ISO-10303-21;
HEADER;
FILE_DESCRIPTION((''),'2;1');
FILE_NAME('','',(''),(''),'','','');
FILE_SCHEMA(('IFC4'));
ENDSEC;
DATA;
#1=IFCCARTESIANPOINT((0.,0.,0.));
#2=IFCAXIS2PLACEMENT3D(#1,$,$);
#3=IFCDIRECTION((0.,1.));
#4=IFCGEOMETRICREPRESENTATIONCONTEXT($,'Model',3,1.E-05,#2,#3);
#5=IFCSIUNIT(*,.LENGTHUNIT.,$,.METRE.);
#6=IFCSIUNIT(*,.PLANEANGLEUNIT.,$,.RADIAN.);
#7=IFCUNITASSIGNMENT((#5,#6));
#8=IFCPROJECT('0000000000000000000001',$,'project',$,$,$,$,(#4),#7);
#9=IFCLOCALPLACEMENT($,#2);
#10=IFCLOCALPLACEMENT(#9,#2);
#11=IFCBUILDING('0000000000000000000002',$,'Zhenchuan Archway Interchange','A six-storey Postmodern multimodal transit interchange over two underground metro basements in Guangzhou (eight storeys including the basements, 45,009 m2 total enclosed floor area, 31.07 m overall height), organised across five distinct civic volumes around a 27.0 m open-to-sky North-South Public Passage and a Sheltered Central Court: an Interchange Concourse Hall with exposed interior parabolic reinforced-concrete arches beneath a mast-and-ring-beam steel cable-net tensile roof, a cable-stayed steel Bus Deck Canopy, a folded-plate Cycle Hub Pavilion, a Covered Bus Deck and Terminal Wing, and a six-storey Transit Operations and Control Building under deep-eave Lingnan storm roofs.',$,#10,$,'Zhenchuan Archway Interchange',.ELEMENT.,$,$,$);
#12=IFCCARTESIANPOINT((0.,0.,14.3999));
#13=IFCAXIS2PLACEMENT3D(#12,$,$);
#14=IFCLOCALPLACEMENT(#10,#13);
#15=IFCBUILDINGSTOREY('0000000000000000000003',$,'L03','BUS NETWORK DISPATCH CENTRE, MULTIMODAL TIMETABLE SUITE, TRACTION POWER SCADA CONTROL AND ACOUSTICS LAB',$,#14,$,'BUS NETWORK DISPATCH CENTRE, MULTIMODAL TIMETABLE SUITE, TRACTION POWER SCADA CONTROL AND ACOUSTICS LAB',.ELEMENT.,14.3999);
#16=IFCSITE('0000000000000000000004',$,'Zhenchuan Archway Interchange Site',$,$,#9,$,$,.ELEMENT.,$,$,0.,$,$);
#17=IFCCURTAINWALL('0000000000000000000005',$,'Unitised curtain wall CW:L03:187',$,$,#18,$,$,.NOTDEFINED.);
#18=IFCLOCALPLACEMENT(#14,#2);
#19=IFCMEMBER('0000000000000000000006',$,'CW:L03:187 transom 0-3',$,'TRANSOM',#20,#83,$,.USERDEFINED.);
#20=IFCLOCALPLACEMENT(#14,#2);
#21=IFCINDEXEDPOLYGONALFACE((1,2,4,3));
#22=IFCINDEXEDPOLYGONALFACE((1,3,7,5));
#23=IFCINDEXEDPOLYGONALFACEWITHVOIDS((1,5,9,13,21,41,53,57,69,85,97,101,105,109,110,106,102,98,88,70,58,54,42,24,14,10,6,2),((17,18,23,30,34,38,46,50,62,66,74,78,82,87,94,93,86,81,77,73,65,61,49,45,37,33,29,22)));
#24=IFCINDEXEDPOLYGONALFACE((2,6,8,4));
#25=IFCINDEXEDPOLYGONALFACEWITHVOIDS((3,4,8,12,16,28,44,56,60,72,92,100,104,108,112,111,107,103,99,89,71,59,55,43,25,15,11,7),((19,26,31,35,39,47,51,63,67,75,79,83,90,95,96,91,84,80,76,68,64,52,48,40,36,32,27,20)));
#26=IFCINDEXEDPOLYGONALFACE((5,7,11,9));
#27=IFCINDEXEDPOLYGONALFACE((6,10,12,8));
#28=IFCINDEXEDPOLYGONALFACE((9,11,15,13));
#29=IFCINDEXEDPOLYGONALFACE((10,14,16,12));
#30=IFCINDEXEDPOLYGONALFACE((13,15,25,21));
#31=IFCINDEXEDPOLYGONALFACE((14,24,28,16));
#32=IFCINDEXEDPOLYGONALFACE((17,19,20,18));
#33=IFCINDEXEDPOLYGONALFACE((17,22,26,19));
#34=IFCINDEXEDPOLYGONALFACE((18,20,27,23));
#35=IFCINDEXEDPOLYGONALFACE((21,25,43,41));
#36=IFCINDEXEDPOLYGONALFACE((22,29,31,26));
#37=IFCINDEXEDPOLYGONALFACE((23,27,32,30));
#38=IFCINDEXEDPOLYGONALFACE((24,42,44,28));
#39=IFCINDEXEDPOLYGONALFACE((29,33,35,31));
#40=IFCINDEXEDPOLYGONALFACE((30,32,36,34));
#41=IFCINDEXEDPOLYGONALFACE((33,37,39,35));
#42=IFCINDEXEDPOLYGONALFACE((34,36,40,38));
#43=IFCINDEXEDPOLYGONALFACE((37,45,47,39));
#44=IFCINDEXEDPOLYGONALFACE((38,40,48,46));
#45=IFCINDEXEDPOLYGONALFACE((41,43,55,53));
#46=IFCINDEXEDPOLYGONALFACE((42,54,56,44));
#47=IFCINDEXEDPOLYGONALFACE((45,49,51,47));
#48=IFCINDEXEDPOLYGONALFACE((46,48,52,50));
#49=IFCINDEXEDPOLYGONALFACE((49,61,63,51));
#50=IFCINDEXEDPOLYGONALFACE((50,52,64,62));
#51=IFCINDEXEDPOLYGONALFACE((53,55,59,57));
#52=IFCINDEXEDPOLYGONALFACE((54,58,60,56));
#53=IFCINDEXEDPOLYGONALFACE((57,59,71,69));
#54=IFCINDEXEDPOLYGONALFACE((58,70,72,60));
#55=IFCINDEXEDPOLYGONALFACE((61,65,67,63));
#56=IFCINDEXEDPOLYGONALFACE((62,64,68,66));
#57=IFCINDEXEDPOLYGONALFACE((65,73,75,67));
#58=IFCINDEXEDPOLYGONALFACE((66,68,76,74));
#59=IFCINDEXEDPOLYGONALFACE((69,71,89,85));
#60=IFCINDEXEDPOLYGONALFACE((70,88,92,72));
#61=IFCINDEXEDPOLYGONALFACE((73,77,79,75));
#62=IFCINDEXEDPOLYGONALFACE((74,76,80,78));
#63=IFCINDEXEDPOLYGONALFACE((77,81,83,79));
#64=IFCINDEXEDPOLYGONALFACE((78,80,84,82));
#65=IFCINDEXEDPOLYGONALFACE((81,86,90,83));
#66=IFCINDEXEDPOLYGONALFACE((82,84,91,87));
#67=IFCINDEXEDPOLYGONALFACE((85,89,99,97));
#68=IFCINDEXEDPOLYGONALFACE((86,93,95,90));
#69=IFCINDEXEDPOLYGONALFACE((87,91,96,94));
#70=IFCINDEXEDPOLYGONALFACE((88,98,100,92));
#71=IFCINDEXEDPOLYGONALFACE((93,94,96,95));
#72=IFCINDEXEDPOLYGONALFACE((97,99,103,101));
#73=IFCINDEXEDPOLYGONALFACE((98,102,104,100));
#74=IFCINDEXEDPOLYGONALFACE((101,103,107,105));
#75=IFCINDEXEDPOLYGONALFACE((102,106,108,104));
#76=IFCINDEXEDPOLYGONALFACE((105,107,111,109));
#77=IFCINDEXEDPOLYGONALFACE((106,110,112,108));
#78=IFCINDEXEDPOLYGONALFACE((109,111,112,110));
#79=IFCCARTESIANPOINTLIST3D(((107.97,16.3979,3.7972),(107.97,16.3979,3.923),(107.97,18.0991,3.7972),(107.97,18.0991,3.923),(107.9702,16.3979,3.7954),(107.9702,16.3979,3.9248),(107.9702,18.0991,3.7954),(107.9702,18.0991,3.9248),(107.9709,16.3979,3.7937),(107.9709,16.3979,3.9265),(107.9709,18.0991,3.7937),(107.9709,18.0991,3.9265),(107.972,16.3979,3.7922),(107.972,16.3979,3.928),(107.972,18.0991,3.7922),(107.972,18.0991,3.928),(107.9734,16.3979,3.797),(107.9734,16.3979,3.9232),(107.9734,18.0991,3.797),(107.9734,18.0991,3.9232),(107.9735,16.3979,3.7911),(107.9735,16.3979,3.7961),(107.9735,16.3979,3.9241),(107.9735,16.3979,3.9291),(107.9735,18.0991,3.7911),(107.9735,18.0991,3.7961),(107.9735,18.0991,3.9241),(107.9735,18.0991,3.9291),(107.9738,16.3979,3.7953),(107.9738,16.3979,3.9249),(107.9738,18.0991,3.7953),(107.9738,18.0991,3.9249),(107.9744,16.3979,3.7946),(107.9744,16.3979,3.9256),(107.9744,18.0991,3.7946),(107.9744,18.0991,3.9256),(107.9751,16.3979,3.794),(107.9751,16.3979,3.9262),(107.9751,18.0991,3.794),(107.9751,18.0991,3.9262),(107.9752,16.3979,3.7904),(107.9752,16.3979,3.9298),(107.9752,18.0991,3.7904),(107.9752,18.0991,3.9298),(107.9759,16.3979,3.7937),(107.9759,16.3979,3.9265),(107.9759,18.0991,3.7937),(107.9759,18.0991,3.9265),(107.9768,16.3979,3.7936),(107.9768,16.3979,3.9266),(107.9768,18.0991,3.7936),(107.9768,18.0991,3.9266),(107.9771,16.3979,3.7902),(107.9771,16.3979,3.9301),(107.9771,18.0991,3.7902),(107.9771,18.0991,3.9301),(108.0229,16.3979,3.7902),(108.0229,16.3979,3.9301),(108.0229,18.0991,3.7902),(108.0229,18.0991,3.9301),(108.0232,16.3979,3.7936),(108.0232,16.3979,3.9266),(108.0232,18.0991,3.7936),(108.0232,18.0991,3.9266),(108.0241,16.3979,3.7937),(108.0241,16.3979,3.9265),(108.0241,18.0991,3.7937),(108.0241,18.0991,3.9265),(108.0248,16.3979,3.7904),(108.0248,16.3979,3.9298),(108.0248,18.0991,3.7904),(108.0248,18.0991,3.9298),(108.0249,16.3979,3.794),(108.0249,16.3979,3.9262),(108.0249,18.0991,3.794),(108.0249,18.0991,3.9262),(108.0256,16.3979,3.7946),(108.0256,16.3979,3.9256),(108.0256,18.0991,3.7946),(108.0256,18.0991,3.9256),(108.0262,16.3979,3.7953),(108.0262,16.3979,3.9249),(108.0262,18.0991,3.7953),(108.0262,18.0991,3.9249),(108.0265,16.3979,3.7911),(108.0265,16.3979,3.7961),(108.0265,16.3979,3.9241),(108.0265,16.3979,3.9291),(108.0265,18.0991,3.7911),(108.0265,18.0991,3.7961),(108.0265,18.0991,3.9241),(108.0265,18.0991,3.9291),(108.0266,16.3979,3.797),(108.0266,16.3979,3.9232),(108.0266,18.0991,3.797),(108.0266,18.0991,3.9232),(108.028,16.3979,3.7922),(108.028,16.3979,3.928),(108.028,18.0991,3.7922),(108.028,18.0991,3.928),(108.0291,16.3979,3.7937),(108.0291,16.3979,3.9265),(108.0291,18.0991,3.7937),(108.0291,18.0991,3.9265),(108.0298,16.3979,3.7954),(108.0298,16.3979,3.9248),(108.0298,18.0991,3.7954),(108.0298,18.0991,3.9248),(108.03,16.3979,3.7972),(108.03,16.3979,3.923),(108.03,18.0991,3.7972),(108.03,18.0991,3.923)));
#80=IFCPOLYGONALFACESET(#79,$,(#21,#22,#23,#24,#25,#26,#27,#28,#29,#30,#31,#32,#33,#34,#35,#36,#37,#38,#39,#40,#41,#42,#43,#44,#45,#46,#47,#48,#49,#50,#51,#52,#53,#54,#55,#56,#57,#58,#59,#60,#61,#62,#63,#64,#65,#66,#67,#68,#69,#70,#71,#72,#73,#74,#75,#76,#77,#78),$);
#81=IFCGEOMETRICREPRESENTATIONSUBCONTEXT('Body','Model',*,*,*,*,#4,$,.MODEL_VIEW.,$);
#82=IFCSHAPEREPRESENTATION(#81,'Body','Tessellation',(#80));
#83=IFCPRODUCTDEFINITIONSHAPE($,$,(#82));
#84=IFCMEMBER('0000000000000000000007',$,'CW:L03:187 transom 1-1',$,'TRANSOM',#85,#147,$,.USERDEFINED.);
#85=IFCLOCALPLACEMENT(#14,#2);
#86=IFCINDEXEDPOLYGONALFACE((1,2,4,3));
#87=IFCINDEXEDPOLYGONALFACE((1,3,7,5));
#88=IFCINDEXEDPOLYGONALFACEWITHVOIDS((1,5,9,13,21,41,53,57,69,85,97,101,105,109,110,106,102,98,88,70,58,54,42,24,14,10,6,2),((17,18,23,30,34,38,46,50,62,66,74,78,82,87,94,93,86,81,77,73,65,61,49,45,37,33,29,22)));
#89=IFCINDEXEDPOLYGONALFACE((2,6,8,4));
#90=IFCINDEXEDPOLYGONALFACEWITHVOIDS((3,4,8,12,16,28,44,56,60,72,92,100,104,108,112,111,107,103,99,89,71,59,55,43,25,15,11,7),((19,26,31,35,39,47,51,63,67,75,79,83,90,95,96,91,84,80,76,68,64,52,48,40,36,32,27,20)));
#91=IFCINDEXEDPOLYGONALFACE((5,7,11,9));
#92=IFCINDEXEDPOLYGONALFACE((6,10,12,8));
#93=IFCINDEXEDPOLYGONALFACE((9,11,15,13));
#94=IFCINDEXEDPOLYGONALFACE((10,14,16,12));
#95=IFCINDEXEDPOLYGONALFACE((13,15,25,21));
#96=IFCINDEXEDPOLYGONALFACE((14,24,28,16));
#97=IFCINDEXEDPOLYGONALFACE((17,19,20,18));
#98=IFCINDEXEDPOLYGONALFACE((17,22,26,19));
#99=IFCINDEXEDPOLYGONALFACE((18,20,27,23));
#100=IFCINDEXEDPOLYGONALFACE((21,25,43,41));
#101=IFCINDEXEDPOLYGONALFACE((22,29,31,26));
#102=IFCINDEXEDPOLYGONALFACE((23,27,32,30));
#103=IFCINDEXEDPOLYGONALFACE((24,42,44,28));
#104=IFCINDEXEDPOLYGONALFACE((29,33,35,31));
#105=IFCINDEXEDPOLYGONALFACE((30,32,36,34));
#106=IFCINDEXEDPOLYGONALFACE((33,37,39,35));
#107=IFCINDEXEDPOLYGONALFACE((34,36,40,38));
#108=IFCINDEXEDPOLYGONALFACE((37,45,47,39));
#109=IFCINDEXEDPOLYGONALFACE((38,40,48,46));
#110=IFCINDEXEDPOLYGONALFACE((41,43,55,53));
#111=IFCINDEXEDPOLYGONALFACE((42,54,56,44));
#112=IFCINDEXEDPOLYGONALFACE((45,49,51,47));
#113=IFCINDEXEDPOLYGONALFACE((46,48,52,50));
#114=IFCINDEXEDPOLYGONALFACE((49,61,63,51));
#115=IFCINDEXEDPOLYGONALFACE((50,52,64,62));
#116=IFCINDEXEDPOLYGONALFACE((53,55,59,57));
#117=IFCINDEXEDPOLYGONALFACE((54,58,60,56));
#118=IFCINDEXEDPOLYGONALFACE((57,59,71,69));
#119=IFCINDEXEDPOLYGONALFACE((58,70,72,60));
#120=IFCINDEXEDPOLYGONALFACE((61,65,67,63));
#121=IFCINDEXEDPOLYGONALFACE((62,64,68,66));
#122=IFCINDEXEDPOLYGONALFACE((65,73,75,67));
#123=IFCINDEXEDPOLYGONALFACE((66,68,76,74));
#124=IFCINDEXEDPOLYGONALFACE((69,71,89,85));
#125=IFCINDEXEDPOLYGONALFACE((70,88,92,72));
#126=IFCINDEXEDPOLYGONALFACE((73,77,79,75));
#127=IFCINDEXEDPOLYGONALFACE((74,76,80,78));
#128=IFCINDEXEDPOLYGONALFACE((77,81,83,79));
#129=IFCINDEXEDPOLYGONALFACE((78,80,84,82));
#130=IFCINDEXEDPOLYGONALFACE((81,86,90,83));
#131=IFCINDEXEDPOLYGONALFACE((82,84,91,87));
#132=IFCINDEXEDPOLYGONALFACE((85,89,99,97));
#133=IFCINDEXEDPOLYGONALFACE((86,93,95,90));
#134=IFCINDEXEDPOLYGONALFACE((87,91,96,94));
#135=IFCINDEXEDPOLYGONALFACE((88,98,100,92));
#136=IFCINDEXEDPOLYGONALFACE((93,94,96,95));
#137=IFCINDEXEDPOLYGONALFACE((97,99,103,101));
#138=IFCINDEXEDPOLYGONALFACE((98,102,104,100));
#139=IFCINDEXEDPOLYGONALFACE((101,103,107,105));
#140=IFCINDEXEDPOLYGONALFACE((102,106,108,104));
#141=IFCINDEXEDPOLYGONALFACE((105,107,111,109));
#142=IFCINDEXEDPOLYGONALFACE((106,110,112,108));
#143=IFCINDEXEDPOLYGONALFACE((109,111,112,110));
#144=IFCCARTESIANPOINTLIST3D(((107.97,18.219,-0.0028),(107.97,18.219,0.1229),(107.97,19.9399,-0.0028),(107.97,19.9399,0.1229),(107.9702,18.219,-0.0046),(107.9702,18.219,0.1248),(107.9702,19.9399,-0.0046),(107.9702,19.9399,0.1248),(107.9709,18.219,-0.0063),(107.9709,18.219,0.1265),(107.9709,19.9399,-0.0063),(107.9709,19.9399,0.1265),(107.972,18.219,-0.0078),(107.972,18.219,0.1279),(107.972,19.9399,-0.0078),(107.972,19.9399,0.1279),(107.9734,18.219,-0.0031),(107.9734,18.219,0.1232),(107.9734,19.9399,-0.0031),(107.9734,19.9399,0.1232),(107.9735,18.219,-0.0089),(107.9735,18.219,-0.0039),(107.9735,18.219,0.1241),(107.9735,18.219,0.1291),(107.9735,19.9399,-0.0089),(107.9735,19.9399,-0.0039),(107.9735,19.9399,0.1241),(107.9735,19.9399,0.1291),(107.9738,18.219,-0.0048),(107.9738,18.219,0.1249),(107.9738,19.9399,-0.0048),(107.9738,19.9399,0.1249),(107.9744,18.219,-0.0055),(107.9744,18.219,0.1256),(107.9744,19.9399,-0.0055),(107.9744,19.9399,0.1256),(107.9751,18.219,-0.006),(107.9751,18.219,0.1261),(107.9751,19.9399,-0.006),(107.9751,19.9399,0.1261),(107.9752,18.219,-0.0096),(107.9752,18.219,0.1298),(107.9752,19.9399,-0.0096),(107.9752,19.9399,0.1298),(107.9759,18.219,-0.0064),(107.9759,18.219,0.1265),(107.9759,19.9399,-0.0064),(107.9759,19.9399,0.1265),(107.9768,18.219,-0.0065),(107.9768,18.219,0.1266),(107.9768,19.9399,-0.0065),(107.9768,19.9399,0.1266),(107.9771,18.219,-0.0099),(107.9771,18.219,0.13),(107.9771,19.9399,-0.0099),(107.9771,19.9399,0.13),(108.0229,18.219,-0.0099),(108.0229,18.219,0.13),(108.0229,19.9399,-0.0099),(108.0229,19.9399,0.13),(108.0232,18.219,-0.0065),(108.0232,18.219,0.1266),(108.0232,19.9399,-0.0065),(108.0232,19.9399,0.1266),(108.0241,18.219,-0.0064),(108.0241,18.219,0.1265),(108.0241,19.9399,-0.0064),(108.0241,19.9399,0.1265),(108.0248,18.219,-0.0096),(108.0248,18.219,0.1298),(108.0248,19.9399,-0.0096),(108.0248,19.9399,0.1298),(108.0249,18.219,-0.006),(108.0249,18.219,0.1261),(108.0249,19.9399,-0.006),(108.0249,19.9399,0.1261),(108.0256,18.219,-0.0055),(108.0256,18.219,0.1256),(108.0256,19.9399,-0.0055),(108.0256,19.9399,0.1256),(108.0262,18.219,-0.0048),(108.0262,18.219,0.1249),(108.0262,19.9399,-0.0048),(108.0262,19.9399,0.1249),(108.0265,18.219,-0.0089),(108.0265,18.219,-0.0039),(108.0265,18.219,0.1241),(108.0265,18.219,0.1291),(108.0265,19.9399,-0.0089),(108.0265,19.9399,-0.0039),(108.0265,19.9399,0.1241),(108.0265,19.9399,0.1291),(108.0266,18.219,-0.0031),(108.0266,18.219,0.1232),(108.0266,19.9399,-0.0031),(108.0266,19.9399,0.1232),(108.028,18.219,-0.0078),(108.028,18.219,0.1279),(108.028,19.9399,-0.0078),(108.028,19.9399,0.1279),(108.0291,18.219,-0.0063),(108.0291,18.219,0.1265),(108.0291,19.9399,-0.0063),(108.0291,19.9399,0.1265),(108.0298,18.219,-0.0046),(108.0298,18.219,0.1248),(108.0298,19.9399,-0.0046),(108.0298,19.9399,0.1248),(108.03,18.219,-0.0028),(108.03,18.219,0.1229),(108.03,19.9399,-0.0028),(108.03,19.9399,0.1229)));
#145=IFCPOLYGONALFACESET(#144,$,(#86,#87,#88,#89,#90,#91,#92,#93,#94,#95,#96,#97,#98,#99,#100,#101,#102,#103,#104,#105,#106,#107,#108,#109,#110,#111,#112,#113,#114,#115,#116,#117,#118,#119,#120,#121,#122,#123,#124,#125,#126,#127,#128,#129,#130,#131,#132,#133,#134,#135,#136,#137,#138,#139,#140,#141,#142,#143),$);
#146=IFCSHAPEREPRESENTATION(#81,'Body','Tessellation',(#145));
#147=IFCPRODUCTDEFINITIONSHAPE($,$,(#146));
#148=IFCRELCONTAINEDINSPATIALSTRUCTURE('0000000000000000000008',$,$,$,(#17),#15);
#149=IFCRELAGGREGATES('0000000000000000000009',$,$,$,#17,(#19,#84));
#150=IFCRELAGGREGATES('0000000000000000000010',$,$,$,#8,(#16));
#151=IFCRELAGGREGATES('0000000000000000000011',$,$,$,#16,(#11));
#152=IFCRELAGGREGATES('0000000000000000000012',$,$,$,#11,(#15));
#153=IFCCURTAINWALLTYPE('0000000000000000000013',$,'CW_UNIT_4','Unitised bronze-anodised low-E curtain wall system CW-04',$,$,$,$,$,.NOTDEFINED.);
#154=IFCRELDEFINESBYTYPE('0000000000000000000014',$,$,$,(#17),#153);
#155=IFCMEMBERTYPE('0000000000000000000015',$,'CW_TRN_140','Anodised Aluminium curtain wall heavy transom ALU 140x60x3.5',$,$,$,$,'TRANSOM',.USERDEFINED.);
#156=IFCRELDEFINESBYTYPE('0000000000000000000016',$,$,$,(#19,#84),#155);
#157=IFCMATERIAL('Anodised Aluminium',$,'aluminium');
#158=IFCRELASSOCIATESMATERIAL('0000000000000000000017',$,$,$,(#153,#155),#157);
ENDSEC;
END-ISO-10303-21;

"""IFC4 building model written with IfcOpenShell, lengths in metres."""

from ifc_helpers import new_model, si_unit, direction, frame, origin, origin_2d, place, context, subcontext, project, spatial, hollow_rectangle, extrude, material, material_profile, profile_set, type_object, element, aggregate, save


model = new_model("IFC4")

# Units and contexts
model_context = context("Model", 3, precision=1e-05, world=origin(), true_north=direction((0.0, 1.0)))
body_context = subcontext(model_context, "Body", "Model", "MODEL_VIEW")
ifc_project = project(units=[si_unit("LENGTHUNIT", "METRE"), si_unit("PLANEANGLEUNIT", "RADIAN")], contexts=[model_context])

# Site, building, storey
site_placement = place(None, origin())
site = spatial("IfcSite", under=ifc_project, at=site_placement, Name="Zhenchuan Archway Interchange Site", CompositionType="ELEMENT", RefElevation=0.0)
building_placement = place(site_placement, origin())
building = spatial("IfcBuilding", under=site, at=building_placement, Name="Zhenchuan Archway Interchange", Description="A six-storey Postmodern multimodal transit interchange over two underground metro basements in Guangzhou (eight storeys including the basements, 45,009 m2 total enclosed floor area, 31.07 m overall height), organised across five distinct civic volumes around a 27.0 m open-to-sky North-South Public Passage and a Sheltered Central Court: an Interchange Concourse Hall with exposed interior parabolic reinforced-concrete arches beneath a mast-and-ring-beam steel cable-net tensile roof, a cable-stayed steel Bus Deck Canopy, a folded-plate Cycle Hub Pavilion, a Covered Bus Deck and Terminal Wing, and a six-storey Transit Operations and Control Building under deep-eave Lingnan storm roofs.", LongName="Zhenchuan Archway Interchange", CompositionType="ELEMENT")
storey_placement = place(building_placement, frame((0.0, 0.0, 14.3999)))
storey = spatial("IfcBuildingStorey", under=building, at=storey_placement, Name="L03", Description="BUS NETWORK DISPATCH CENTRE, MULTIMODAL TIMETABLE SUITE, TRACTION POWER SCADA CONTROL AND ACOUSTICS LAB", LongName="BUS NETWORK DISPATCH CENTRE, MULTIMODAL TIMETABLE SUITE, TRACTION POWER SCADA CONTROL AND ACOUSTICS LAB", CompositionType="ELEMENT", Elevation=14.3999)

# Curtain wall, members
ifc_material_1 = material(Name="Anodised Aluminium", Category="aluminium")
curtain_wall_type = type_object("IfcCurtainWallType", Name="CW_UNIT_4", Description="Unitised bronze-anodised low-E curtain wall system CW-04", PredefinedType="NOTDEFINED", material=ifc_material_1)
curtain_wall_placement = place(storey_placement, origin())
curtain_wall = element("IfcCurtainWall", 1, at=curtain_wall_placement, inside=storey, type_object=curtain_wall_type, Name="Unitised curtain wall CW:L03:187", PredefinedType="NOTDEFINED")
ifc_material_profile_1 = material_profile(ifc_material_1, hollow_rectangle(XDim=0.0601, YDim=0.1399, WallThickness=0.0034, InnerFilletRadius=0.0034, OuterFilletRadius=0.0071, at=origin_2d()), Name="ALU 140x60x3.5")
ifc_profile_set_1 = profile_set([ifc_material_profile_1], Name="Anodised Aluminium")
member_type_1 = type_object("IfcMemberType", Name="CW_TRN_140", Description="Anodised Aluminium curtain wall heavy transom ALU 140x60x3.5", ElementType="TRANSOM", PredefinedType="USERDEFINED", material=ifc_profile_set_1)
member_1_placement = place(storey_placement, frame((108.0, 16.3979, 3.8601), z_axis=(0.0, 1.0, 0.0), x_axis=(-1.0, 0.0, 0.0)))
member_1 = element("IfcMember", 2, at=member_1_placement, type_object=member_type_1, Name="CW:L03:187 transom 0-3", ObjectType="TRANSOM", PredefinedType="USERDEFINED", context=body_context, shape_type="SweptSolid", body=[
    extrude(hollow_rectangle(XDim=0.0601, YDim=0.1399, WallThickness=0.0034, InnerFilletRadius=0.0034, OuterFilletRadius=0.0071, at=origin_2d()), origin(), (0.0, 0.0, 1.0), 1.7012),
])
member_2_placement = place(storey_placement, frame((108.0, 18.219, 0.0601), z_axis=(0.0, 1.0, 0.0), x_axis=(-1.0, 0.0, 0.0)))
member_2 = element("IfcMember", 3, at=member_2_placement, type_object=member_type_1, Name="CW:L03:187 transom 1-1", ObjectType="TRANSOM", PredefinedType="USERDEFINED", context=body_context, shape_type="SweptSolid", body=[
    extrude(hollow_rectangle(XDim=0.0601, YDim=0.1399, WallThickness=0.0034, InnerFilletRadius=0.0034, OuterFilletRadius=0.0071, at=origin_2d()), origin(), (0.0, 0.0, 1.0), 1.7209),
])

aggregate(curtain_wall, [member_1, member_2])

save(model, "model.ifc")
